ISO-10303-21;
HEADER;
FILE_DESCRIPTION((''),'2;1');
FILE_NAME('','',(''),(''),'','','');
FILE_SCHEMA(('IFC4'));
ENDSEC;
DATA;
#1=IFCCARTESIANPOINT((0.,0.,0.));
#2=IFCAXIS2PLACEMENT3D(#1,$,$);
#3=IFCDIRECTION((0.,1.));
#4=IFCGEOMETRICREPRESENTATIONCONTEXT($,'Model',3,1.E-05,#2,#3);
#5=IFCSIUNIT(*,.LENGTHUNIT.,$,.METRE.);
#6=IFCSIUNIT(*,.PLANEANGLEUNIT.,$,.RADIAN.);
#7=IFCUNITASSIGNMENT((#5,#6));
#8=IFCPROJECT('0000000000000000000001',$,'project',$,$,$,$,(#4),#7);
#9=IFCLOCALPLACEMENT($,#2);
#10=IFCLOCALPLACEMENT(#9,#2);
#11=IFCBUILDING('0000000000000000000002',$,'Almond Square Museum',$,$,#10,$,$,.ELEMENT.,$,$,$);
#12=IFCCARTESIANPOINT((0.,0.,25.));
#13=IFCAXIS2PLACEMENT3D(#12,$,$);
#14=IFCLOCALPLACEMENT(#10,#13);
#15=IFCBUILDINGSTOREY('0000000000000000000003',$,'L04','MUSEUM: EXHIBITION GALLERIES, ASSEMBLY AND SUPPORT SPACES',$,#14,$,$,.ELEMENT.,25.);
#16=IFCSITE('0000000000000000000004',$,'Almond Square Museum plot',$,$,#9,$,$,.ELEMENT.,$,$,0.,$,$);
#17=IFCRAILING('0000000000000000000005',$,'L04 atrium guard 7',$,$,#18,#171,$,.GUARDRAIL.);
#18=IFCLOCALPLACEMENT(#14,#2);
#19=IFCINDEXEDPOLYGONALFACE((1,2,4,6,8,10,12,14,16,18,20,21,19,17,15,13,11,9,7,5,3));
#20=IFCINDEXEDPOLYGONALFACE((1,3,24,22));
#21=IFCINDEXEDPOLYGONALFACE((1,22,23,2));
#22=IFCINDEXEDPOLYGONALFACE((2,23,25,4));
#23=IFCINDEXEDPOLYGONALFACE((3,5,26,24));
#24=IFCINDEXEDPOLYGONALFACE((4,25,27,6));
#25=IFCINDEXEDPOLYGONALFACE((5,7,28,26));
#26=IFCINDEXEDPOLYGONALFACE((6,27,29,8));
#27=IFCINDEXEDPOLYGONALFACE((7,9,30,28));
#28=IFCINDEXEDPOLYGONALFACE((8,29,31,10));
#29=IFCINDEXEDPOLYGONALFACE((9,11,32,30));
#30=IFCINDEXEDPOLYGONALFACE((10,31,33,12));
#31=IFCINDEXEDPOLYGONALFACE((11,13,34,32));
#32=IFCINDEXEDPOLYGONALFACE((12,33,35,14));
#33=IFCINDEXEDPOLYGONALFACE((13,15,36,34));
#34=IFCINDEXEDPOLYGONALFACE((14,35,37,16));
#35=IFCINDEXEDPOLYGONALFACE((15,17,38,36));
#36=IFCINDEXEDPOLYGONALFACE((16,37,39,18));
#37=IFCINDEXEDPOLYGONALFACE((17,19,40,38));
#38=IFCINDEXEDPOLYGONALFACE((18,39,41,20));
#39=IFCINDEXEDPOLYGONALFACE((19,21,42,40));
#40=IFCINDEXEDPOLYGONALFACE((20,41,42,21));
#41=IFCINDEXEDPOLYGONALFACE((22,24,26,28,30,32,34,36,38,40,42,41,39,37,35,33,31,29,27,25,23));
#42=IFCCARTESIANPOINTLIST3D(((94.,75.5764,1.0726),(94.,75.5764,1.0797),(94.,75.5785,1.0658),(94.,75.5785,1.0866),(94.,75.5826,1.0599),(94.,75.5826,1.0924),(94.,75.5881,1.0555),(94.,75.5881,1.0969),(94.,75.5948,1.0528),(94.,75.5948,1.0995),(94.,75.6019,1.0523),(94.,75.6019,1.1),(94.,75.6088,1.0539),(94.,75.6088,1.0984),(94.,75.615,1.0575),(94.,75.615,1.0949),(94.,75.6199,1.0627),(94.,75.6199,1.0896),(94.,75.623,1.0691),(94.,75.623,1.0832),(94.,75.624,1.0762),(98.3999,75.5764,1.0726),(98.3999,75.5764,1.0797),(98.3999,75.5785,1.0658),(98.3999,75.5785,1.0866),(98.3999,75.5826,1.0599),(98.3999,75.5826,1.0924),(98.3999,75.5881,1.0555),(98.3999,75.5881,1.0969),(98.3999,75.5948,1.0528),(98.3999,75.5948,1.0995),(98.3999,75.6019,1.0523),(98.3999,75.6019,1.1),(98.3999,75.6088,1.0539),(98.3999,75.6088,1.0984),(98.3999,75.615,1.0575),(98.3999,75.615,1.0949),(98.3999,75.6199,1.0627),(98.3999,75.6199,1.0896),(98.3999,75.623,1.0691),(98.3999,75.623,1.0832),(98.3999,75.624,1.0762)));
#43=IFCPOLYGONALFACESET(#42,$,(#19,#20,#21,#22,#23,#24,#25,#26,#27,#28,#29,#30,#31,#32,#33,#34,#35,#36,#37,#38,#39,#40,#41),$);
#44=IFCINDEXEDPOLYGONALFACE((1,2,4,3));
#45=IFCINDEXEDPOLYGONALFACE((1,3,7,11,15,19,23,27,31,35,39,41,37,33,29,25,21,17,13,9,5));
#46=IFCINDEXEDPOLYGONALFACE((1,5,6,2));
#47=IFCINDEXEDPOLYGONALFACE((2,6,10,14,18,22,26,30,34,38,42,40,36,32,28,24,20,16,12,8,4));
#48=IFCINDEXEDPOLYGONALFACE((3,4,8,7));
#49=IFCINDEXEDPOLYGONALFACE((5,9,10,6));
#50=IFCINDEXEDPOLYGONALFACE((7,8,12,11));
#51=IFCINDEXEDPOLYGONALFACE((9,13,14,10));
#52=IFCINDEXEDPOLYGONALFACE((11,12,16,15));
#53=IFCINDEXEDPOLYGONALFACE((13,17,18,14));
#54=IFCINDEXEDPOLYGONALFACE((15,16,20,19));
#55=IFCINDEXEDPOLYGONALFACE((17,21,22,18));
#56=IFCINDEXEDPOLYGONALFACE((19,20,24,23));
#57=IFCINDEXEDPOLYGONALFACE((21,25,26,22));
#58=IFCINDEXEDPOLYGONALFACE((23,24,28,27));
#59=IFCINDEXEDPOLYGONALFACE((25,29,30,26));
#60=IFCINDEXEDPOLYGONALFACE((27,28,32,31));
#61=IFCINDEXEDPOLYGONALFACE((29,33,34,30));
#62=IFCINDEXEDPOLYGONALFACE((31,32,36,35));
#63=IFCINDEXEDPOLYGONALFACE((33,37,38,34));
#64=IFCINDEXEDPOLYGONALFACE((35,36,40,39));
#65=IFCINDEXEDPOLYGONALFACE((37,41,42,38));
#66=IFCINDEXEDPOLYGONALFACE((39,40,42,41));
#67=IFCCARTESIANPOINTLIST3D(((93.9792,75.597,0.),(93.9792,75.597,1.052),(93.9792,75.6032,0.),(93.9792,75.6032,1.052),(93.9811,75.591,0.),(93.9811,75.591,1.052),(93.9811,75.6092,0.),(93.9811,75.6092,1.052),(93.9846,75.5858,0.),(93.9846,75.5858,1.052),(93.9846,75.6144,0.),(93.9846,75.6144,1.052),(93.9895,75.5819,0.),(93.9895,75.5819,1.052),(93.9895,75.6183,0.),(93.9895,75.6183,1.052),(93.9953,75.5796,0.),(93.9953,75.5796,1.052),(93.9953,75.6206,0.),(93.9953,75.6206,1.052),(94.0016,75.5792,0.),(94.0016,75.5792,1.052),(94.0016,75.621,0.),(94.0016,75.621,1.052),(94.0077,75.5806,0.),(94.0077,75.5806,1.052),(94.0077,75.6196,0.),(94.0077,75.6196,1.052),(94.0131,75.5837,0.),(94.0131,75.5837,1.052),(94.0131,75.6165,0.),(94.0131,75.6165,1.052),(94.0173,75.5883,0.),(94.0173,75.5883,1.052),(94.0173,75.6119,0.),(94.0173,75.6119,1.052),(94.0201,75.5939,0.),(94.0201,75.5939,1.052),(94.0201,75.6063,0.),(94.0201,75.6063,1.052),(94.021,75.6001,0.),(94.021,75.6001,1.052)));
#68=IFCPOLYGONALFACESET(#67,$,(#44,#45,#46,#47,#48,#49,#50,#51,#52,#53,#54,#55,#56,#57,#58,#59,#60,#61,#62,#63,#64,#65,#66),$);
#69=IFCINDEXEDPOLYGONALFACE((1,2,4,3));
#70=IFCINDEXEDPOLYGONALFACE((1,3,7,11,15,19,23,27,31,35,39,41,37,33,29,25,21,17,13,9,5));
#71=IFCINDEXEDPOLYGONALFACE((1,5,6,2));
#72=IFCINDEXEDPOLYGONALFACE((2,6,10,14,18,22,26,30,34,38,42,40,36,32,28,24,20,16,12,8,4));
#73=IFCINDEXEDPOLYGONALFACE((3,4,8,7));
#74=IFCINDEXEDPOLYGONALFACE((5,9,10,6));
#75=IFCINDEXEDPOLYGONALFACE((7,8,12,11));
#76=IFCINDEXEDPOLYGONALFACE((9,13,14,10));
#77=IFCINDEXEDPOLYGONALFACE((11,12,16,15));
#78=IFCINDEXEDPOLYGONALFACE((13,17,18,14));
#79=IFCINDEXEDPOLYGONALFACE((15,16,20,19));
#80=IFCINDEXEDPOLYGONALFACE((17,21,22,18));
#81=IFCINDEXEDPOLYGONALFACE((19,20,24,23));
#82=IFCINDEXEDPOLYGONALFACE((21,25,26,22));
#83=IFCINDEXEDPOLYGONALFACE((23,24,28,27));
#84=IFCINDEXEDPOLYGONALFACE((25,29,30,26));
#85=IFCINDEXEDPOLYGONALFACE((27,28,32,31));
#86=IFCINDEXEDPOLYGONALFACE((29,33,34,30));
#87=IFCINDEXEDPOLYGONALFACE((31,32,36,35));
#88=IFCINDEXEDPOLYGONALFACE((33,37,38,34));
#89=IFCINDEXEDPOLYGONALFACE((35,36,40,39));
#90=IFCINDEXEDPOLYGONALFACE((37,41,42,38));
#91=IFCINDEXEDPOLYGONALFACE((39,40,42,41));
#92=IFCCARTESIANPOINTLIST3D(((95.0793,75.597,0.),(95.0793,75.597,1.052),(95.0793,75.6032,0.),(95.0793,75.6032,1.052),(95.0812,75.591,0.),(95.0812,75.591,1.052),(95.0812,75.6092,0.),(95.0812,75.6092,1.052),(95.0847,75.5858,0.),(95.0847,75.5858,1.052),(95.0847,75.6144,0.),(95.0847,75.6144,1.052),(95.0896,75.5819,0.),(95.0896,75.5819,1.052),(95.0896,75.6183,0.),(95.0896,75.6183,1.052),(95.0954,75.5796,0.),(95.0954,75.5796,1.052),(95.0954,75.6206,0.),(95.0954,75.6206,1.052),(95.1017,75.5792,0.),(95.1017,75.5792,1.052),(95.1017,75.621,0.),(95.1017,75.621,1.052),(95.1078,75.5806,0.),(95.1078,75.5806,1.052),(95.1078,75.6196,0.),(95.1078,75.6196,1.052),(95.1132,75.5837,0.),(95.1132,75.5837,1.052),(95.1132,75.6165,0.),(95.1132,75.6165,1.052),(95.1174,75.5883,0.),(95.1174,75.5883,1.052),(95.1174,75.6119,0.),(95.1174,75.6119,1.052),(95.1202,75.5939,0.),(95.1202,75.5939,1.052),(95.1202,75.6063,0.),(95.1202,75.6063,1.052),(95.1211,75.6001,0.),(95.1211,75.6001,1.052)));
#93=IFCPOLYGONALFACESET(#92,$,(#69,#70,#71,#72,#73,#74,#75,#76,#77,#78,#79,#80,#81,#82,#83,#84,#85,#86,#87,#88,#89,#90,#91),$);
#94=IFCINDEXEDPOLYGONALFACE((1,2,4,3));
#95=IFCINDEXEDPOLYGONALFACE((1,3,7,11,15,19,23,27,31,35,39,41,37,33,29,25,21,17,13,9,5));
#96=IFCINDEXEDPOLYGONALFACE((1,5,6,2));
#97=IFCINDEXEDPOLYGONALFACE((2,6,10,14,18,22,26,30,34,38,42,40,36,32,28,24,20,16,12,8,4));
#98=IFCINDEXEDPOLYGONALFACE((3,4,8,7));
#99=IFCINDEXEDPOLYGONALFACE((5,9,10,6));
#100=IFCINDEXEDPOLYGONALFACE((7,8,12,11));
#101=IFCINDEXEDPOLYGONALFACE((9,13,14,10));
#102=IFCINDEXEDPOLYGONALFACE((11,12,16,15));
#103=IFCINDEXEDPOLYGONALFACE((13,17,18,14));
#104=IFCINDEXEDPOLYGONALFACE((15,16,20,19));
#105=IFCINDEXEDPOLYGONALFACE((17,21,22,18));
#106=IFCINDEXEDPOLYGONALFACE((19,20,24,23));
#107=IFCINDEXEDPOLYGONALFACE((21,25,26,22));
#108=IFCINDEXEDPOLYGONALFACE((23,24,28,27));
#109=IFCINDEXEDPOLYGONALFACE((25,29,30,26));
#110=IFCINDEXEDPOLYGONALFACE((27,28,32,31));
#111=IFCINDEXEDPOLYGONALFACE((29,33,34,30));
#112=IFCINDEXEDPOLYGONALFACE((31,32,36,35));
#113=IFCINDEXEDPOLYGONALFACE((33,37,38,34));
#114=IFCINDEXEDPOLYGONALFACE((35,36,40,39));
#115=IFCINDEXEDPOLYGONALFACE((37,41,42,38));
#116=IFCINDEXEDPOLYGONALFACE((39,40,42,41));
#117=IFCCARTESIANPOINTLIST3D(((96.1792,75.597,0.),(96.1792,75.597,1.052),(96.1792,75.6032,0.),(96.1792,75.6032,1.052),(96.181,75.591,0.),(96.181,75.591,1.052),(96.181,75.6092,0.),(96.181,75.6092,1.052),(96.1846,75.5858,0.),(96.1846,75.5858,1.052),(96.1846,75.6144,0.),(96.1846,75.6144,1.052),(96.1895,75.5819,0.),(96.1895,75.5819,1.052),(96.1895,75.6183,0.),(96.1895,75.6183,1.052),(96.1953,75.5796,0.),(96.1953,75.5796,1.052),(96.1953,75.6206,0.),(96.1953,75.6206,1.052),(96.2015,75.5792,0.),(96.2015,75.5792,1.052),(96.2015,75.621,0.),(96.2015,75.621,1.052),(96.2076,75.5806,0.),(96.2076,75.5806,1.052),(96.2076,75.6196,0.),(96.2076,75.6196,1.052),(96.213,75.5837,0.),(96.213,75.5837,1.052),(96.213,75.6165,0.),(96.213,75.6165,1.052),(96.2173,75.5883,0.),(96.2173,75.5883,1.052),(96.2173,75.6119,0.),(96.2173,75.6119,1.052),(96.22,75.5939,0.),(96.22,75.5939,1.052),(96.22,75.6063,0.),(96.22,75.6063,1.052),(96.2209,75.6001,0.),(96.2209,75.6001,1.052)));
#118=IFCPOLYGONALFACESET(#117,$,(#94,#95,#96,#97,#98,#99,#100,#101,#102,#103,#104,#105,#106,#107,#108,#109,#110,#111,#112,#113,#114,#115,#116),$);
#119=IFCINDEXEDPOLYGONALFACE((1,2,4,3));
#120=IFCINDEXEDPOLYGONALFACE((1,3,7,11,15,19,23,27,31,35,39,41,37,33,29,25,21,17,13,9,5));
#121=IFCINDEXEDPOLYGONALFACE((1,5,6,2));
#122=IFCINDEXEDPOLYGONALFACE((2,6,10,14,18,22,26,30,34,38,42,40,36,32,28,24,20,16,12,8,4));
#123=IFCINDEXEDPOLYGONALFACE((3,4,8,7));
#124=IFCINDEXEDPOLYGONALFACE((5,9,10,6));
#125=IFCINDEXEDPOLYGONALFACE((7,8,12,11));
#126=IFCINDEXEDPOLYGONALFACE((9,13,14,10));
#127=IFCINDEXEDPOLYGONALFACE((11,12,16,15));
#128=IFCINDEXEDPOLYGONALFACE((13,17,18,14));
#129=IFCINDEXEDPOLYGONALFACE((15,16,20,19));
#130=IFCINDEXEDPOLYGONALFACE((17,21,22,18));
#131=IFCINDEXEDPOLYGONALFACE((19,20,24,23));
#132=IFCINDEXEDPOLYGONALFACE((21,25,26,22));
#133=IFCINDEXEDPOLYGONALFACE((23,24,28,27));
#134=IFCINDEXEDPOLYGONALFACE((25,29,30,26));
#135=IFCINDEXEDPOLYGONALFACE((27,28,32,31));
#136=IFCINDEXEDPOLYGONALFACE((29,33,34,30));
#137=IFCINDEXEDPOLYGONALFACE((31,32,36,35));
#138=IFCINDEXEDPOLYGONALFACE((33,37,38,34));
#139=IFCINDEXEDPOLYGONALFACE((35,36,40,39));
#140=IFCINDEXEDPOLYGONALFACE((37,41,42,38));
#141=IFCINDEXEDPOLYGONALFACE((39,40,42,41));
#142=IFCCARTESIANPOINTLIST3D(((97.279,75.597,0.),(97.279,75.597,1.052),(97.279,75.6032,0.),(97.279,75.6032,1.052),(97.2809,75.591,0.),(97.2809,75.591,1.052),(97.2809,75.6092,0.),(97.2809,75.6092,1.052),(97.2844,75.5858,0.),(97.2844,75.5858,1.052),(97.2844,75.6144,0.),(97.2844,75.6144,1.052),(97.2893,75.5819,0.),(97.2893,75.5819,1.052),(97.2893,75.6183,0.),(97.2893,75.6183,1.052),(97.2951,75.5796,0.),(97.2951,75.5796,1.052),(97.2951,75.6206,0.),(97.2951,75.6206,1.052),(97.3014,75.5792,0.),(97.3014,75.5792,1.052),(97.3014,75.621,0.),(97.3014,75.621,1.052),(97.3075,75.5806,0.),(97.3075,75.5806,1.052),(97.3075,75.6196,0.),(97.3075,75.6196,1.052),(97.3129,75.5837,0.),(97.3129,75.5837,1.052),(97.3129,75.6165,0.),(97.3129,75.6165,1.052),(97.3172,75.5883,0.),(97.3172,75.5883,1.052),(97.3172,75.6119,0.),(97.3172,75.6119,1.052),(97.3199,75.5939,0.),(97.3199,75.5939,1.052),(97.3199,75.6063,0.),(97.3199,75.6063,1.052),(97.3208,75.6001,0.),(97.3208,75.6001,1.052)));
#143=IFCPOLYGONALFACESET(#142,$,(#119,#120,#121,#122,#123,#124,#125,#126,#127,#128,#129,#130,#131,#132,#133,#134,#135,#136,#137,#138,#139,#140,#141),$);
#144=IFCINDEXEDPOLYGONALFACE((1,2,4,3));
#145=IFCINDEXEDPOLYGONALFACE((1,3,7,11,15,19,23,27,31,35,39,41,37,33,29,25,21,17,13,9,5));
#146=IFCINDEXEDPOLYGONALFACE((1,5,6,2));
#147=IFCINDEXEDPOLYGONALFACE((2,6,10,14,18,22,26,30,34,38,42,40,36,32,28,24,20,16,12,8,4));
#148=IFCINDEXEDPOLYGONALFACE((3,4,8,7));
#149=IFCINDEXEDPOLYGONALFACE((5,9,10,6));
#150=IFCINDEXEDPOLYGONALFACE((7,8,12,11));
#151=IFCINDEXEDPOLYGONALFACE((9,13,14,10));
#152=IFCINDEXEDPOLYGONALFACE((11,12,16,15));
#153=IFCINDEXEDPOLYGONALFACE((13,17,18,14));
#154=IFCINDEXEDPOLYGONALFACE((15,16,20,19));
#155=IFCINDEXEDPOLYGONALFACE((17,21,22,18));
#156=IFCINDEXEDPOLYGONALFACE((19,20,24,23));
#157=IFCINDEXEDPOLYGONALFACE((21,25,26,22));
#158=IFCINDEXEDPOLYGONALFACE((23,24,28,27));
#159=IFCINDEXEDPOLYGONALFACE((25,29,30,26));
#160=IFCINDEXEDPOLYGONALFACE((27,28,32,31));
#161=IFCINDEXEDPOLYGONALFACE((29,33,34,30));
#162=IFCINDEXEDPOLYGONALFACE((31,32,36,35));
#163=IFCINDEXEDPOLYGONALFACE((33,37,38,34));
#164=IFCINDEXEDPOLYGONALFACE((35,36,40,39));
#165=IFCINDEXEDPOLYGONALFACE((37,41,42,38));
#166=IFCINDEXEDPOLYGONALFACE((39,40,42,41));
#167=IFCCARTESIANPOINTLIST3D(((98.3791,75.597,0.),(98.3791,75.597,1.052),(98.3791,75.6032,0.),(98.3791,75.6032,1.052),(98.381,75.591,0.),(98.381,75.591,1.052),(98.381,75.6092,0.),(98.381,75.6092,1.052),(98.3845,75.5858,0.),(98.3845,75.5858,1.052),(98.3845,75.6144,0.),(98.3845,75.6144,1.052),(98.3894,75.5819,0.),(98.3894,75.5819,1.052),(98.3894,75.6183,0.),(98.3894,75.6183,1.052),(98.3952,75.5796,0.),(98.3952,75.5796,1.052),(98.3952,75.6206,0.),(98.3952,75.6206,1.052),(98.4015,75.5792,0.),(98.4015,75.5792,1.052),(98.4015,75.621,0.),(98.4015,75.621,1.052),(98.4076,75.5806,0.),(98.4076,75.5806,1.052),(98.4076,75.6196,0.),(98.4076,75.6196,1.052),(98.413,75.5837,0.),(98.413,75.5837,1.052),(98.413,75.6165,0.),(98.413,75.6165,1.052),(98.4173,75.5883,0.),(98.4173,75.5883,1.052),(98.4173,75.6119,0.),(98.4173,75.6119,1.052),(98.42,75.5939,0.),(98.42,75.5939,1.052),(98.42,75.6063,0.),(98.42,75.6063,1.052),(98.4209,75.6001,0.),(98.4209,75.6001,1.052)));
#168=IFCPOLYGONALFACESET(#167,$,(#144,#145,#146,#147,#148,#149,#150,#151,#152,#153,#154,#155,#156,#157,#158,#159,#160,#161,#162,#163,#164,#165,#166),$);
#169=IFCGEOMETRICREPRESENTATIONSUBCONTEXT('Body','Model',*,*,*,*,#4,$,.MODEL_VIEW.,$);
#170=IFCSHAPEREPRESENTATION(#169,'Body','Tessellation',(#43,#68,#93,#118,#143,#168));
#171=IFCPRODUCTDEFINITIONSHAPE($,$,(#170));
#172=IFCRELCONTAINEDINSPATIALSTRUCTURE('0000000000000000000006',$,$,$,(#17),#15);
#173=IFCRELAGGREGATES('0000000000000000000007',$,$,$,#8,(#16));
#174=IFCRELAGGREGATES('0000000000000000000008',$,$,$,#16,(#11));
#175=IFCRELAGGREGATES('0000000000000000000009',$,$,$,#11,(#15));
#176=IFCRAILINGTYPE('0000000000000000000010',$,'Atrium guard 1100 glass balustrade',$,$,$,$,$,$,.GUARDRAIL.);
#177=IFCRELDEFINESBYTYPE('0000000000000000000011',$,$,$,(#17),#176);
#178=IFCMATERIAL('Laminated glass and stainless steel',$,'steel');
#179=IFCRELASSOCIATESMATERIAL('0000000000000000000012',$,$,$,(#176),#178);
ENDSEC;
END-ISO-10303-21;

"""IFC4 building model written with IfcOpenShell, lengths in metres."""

from ifc_helpers import new_model, si_unit, direction, frame, origin, origin_2d, place, context, subcontext, project, spatial, circle, extrude, material, type_object, element, save


model = new_model("IFC4")

# Units and contexts
model_context = context("Model", 3, precision=1e-05, world=origin(), true_north=direction((0.0, 1.0)))
body_context = subcontext(model_context, "Body", "Model", "MODEL_VIEW")
ifc_project = project(units=[si_unit("LENGTHUNIT", "METRE"), si_unit("PLANEANGLEUNIT", "RADIAN")], contexts=[model_context])

# Site, building, storey
site_placement = place(None, origin())
site = spatial("IfcSite", under=ifc_project, at=site_placement, Name="Almond Square Museum plot", CompositionType="ELEMENT", RefElevation=0.0)
building_placement = place(site_placement, origin())
building = spatial("IfcBuilding", under=site, at=building_placement, Name="Almond Square Museum", CompositionType="ELEMENT")
storey_placement = place(building_placement, frame((0.0, 0.0, 25.0)))
storey = spatial("IfcBuildingStorey", under=building, at=storey_placement, Name="L04", Description="MUSEUM: EXHIBITION GALLERIES, ASSEMBLY AND SUPPORT SPACES", CompositionType="ELEMENT", Elevation=25.0)

# Railing
ifc_material_1 = material(Name="Laminated glass and stainless steel", Category="steel")
railing_type_1 = type_object("IfcRailingType", Name="Atrium guard 1100 glass balustrade", PredefinedType="GUARDRAIL", material=ifc_material_1)
railing_1_placement = place(storey_placement, frame((94.0, 75.6001, 0.0)))
element("IfcRailing", 1, at=railing_1_placement, inside=storey, type_object=railing_type_1, Name="L04 atrium guard 7", PredefinedType="GUARDRAIL", context=body_context, shape_type="SweptSolid", body=[
    extrude(circle(Radius=0.0239, at=origin_2d()), frame((0.0, 0.0, 1.0762), z_axis=(1.0, 0.0, 0.0), x_axis=(0.0, 1.0, 0.0)), (0.0, 0.0, 1.0), 4.3999),
    extrude(circle(Radius=0.021, at=origin_2d()), origin(), (0.0, 0.0, 1.0), 1.052),
    extrude(circle(Radius=0.021, at=origin_2d()), frame((1.1001, 0.0, 0.0)), (0.0, 0.0, 1.0), 1.052),
    extrude(circle(Radius=0.021, at=origin_2d()), frame((2.2, 0.0, 0.0)), (0.0, 0.0, 1.0), 1.052),
    extrude(circle(Radius=0.021, at=origin_2d()), frame((3.2998, 0.0, 0.0)), (0.0, 0.0, 1.0), 1.052),
    extrude(circle(Radius=0.021, at=origin_2d()), frame((4.3999, 0.0, 0.0)), (0.0, 0.0, 1.0), 1.052),
])

save(model, "model.ifc")
